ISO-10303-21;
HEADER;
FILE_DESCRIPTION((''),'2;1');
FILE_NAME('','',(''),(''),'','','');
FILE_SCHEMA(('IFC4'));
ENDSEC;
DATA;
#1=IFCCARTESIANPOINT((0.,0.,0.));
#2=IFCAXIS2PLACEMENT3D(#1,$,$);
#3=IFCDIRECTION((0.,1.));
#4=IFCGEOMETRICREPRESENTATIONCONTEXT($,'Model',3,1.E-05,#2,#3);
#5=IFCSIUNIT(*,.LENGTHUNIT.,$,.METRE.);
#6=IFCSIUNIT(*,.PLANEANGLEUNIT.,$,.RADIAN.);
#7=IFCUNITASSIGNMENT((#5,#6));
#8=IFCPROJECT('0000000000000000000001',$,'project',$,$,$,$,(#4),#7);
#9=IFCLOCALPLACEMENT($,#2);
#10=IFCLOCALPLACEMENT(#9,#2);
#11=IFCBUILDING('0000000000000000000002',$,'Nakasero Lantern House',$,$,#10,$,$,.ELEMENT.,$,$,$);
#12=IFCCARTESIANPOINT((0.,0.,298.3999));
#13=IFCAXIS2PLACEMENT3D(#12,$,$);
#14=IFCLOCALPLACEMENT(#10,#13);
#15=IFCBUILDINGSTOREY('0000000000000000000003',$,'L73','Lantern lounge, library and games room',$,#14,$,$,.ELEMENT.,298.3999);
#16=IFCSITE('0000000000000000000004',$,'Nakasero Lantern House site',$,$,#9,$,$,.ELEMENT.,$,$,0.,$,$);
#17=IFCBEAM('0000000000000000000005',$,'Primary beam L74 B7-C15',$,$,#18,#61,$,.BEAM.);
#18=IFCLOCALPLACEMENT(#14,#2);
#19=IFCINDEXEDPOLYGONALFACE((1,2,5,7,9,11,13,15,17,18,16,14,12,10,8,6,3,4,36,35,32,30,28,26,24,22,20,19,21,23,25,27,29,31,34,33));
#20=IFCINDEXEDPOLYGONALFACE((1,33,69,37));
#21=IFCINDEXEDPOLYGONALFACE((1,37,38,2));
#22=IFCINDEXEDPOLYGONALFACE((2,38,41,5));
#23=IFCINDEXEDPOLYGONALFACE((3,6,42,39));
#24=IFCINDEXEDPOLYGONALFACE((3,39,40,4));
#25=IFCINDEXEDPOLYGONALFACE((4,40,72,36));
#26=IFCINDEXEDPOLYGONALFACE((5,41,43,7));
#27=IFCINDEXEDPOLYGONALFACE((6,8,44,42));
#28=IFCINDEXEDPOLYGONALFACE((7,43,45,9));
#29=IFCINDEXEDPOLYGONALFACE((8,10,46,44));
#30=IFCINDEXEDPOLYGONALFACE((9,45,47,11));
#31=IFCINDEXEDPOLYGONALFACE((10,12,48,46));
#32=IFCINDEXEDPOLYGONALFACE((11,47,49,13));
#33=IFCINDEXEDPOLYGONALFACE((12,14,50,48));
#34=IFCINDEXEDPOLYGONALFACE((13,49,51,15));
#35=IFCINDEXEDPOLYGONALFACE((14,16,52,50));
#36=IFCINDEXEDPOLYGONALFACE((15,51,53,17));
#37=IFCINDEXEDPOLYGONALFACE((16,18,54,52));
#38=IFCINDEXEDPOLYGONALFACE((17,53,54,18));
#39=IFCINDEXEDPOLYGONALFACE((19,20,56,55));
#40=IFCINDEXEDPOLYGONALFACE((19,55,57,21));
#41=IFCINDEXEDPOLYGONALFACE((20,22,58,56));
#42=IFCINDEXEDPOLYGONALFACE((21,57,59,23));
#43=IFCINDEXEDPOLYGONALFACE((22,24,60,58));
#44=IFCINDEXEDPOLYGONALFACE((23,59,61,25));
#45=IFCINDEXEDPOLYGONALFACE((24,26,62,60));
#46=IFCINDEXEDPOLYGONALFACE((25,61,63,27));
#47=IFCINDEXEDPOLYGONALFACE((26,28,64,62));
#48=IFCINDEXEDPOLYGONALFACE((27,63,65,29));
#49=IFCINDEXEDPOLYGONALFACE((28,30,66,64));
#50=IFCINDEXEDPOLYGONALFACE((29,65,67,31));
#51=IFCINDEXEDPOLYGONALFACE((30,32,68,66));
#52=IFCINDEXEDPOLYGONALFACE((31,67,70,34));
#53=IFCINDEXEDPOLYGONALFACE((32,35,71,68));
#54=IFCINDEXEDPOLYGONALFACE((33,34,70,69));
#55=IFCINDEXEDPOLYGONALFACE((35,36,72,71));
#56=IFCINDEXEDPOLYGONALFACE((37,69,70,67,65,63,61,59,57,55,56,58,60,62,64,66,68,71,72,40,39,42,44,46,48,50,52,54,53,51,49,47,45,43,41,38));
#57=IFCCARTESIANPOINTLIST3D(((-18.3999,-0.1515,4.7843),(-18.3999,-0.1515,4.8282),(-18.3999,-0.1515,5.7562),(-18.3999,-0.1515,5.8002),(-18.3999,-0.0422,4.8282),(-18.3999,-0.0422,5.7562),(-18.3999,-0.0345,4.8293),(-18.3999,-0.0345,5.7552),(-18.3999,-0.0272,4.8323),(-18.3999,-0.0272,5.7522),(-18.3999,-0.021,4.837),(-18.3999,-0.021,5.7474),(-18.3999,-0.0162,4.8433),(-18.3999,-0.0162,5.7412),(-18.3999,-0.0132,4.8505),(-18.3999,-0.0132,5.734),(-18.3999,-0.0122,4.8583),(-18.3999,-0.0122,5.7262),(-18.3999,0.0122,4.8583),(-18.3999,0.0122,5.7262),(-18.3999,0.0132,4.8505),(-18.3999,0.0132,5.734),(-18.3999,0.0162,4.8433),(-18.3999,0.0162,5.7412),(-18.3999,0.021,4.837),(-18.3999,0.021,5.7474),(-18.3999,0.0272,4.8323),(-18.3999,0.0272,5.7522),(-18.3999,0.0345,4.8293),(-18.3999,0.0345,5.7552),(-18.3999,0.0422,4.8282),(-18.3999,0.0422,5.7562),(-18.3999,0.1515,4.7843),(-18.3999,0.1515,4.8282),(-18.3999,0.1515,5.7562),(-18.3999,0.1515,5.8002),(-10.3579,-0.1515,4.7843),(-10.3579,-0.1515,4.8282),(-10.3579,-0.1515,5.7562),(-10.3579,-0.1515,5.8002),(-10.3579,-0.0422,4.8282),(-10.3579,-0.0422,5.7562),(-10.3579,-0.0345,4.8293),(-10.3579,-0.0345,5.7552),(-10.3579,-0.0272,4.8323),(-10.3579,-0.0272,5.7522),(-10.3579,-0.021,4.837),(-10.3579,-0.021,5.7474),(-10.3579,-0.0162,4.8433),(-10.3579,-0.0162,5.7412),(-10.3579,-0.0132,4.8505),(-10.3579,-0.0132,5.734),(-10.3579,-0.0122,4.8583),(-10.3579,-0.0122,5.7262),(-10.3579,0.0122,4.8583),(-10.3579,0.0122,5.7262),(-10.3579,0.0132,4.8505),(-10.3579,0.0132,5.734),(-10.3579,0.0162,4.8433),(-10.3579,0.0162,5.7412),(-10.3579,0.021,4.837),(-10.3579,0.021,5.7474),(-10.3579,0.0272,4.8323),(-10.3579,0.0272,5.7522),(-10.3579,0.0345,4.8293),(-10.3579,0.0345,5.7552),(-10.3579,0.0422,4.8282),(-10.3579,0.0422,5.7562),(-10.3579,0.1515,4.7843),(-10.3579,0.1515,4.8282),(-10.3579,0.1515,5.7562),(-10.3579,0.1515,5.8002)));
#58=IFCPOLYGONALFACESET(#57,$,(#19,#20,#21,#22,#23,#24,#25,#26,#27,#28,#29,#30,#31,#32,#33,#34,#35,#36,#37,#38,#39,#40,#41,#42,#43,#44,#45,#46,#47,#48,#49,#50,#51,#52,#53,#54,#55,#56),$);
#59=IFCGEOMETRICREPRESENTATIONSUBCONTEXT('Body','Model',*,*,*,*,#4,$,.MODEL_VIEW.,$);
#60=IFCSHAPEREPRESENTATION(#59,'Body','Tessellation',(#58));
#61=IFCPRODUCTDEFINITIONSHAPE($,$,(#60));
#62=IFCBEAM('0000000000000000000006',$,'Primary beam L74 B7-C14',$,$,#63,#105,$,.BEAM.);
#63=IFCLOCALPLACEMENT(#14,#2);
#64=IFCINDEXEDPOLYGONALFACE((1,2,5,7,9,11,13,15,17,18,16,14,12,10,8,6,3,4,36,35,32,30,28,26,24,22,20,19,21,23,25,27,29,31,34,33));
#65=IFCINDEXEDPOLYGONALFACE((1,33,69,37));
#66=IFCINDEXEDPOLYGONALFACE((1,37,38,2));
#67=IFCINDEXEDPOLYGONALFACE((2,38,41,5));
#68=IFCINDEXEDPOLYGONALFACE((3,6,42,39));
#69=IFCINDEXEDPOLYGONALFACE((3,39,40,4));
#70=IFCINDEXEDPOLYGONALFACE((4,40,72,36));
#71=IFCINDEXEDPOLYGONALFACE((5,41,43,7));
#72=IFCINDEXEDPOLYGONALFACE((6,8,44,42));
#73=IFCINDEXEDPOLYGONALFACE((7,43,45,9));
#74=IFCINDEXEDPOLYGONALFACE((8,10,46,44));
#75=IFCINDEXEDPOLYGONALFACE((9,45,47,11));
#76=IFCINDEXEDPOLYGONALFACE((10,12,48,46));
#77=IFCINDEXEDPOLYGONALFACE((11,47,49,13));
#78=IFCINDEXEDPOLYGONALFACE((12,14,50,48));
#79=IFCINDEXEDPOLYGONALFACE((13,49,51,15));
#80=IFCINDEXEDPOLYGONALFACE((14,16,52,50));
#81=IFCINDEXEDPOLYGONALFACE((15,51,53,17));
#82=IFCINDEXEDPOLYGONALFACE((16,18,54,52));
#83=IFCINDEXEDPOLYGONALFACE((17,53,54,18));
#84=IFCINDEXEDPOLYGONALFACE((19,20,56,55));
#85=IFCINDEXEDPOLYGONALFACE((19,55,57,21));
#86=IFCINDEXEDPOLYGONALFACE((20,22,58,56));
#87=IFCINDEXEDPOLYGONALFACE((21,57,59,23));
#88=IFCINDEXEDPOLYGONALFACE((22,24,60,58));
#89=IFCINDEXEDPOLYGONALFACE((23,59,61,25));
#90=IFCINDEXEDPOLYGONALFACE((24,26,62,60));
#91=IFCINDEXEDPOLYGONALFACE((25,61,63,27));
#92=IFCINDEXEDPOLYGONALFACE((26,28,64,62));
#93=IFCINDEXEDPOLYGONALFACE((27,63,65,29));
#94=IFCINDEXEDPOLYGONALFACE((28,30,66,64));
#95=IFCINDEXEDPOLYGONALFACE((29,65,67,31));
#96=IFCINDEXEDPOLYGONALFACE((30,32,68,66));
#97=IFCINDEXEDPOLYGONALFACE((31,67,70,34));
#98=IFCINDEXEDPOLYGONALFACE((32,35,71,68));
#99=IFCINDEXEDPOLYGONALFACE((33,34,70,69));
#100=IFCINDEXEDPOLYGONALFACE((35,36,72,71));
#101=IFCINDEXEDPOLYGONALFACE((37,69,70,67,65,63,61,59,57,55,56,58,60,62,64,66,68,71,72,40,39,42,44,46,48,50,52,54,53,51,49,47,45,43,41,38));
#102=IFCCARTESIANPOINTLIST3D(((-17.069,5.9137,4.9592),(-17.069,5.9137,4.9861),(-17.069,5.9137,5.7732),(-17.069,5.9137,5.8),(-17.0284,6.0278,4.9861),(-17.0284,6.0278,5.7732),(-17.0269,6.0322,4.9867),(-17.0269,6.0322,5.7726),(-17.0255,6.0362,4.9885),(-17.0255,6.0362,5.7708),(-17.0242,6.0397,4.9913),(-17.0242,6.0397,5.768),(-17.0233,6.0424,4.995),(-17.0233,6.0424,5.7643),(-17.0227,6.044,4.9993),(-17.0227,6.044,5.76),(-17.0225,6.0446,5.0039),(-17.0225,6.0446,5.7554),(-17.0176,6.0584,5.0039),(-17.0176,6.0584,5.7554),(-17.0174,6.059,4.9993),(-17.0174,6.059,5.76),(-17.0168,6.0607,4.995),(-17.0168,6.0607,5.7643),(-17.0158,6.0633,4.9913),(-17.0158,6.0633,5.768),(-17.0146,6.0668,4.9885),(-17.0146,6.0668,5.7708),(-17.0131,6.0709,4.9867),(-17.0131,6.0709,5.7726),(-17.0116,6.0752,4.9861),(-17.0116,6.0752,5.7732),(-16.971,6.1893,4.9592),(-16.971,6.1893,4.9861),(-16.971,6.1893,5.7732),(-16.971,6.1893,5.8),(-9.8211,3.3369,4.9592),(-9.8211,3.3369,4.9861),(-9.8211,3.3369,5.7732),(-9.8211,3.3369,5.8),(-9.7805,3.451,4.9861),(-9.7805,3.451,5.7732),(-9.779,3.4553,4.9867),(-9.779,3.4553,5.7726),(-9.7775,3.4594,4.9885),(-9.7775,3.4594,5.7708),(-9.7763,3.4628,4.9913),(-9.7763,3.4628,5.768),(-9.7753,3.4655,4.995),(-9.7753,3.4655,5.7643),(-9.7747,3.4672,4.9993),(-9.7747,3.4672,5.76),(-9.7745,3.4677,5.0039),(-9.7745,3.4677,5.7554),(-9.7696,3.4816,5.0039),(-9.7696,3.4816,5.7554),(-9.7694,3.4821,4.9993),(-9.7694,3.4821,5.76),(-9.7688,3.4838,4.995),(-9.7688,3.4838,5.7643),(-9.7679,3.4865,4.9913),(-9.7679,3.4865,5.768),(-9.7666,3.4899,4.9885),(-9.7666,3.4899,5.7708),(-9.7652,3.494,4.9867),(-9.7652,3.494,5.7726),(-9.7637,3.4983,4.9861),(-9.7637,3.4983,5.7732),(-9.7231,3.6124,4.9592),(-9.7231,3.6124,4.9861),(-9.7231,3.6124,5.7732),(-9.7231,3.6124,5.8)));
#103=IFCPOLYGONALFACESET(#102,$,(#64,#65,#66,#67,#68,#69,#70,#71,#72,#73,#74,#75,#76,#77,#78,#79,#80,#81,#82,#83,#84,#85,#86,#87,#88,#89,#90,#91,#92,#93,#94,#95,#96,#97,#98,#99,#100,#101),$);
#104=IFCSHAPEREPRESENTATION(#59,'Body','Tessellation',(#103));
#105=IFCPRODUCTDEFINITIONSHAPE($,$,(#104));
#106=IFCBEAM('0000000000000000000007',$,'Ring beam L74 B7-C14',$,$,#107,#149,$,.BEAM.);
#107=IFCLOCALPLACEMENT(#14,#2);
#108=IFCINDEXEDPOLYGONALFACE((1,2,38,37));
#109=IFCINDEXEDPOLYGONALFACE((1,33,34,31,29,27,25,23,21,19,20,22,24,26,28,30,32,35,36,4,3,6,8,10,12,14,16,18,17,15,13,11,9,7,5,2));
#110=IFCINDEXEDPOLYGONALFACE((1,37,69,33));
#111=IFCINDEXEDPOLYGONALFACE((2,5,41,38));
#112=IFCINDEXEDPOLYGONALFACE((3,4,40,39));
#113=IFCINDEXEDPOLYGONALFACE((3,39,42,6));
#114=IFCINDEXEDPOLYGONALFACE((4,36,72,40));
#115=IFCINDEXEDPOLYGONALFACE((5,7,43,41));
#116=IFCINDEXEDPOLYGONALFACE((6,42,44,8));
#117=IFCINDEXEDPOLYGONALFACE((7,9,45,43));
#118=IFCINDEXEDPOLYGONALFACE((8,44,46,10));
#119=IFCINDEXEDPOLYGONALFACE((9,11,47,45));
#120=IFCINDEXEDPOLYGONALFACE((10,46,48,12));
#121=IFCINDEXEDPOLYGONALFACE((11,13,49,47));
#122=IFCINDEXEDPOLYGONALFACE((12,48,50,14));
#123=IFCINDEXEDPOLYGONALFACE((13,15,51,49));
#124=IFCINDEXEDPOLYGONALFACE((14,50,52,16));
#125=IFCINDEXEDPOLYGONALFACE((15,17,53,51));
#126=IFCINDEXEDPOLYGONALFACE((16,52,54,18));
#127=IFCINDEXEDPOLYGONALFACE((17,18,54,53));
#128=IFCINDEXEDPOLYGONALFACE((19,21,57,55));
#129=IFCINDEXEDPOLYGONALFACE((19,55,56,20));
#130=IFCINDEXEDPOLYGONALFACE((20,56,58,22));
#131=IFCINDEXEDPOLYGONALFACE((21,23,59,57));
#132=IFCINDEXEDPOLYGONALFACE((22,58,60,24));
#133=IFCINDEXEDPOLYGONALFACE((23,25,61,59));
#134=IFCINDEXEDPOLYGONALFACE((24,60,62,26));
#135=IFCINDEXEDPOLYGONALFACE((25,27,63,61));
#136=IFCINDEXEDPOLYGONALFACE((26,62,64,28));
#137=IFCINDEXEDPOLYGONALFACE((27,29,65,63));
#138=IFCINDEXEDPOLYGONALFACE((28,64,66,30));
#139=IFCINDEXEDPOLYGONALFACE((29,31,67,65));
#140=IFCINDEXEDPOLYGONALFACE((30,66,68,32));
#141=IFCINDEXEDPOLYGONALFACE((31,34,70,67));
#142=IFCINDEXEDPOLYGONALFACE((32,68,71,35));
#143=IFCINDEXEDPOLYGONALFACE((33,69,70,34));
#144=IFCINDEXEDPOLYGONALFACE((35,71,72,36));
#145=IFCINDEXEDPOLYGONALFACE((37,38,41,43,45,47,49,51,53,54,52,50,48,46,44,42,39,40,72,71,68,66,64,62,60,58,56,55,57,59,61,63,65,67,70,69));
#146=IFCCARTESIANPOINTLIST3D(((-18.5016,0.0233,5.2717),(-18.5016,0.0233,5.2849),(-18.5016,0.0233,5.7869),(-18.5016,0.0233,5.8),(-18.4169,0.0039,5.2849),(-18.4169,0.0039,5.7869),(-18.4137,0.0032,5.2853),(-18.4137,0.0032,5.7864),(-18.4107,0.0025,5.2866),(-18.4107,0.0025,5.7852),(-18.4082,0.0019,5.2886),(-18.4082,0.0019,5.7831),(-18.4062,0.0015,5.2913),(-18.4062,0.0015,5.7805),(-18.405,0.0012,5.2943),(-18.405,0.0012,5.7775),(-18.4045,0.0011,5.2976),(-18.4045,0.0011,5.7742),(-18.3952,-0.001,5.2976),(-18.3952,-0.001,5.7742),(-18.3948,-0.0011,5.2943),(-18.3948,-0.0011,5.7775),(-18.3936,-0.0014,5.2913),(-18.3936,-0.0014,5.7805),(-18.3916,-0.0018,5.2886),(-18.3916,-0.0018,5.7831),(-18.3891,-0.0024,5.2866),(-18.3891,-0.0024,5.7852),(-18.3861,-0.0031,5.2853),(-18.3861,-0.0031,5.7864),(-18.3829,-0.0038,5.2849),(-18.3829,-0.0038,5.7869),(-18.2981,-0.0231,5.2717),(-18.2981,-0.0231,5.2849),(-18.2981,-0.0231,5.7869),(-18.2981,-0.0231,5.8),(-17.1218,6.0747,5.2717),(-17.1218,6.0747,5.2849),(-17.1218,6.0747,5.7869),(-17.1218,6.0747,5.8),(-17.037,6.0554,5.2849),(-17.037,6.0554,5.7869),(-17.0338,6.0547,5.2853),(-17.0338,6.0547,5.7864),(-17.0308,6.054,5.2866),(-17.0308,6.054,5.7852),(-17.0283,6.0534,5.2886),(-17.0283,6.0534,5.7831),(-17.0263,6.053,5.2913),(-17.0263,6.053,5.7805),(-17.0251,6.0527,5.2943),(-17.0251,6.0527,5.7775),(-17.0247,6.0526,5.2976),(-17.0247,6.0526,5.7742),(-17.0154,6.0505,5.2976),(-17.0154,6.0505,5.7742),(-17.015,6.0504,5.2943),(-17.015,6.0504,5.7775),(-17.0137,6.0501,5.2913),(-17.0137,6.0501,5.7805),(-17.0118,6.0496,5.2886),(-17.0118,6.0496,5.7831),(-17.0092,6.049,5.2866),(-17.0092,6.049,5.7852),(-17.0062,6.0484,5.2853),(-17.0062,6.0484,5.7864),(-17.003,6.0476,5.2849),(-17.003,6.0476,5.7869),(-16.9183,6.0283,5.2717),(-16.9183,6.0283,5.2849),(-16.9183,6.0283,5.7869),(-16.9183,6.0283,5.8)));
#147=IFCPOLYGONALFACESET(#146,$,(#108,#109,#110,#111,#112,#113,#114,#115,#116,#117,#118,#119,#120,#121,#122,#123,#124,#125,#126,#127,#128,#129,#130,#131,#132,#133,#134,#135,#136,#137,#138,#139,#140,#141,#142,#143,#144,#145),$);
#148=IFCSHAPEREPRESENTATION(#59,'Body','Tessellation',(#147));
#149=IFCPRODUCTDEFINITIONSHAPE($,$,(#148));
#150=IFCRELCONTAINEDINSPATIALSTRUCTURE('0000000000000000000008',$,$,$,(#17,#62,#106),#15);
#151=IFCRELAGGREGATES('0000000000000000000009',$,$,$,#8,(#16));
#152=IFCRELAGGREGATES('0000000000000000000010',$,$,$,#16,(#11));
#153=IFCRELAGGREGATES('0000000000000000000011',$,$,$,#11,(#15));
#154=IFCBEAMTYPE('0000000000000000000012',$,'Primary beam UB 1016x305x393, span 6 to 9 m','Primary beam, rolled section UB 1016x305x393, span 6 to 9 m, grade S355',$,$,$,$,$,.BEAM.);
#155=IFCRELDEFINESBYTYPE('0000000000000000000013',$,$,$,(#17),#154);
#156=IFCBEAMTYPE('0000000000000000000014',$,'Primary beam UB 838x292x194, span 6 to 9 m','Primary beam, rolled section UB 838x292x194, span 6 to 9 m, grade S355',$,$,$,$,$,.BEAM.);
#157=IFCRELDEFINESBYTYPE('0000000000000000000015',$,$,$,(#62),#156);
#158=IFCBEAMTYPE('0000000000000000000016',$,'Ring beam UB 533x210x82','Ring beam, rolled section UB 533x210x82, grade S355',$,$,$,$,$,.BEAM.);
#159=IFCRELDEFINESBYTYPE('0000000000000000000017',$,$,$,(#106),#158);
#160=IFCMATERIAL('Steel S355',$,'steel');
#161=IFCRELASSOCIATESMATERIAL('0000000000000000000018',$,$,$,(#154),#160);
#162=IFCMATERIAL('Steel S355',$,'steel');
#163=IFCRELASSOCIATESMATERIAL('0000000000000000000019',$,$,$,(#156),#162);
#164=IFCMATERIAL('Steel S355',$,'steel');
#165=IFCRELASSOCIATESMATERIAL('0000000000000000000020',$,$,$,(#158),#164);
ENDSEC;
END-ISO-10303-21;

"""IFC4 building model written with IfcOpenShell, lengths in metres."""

from ifc_helpers import new_model, si_unit, direction, frame, origin, origin_2d, place, context, subcontext, project, spatial, i_section, extrude, material, material_profile, profile_set, type_object, element, save


model = new_model("IFC4")

# Units and contexts
model_context = context("Model", 3, precision=1e-05, world=origin(), true_north=direction((0.0, 1.0)))
body_context = subcontext(model_context, "Body", "Model", "MODEL_VIEW")
ifc_project = project(units=[si_unit("LENGTHUNIT", "METRE"), si_unit("PLANEANGLEUNIT", "RADIAN")], contexts=[model_context])

# Site, building, storey
site_placement = place(None, origin())
site = spatial("IfcSite", under=ifc_project, at=site_placement, Name="Nakasero Lantern House site", CompositionType="ELEMENT", RefElevation=0.0)
building_placement = place(site_placement, origin())
building = spatial("IfcBuilding", under=site, at=building_placement, Name="Nakasero Lantern House", CompositionType="ELEMENT")
storey_placement = place(building_placement, frame((0.0, 0.0, 298.3999)))
storey = spatial("IfcBuildingStorey", under=building, at=storey_placement, Name="L73", Description="Lantern lounge, library and games room", CompositionType="ELEMENT", Elevation=298.3999)

# Beams
ifc_material_1 = material(Name="Steel S355", Category="steel")
ifc_material_profile_1 = material_profile(ifc_material_1, i_section(OverallWidth=0.303, OverallDepth=1.0159, WebThickness=0.0244, FlangeThickness=0.0439, FilletRadius=0.03, at=origin_2d()), Name="UB 1016x305x393")
ifc_profile_set_1 = profile_set([ifc_material_profile_1], Name="Steel S355")
beam_type_1 = type_object("IfcBeamType", Name="Primary beam UB 1016x305x393, span 6 to 9 m", Description="Primary beam, rolled section UB 1016x305x393, span 6 to 9 m, grade S355", PredefinedType="BEAM", material=ifc_profile_set_1)
beam_1_placement = place(storey_placement, frame((-18.3999, 0.0, 5.2922), z_axis=(1.0, 0.0, 0.0), x_axis=(0.0, 1.0, 0.0)))
element("IfcBeam", 1, at=beam_1_placement, inside=storey, type_object=beam_type_1, Name="Primary beam L74 B7-C15", PredefinedType="BEAM", context=body_context, shape_type="SweptSolid", body=[
    extrude(i_section(OverallWidth=0.303, OverallDepth=1.0159, WebThickness=0.0244, FlangeThickness=0.0439, FilletRadius=0.03, at=origin_2d()), origin(), (0.0, 0.0, 1.0), 8.042),
])
ifc_material_2 = material(Name="Steel S355", Category="steel")
ifc_material_profile_2 = material_profile(ifc_material_2, i_section(OverallWidth=0.2925, OverallDepth=0.8408, WebThickness=0.0146, FlangeThickness=0.0269, FilletRadius=0.0178, at=origin_2d()), Name="UB 838x292x194")
ifc_profile_set_2 = profile_set([ifc_material_profile_2], Name="Steel S355")
beam_type_2 = type_object("IfcBeamType", Name="Primary beam UB 838x292x194, span 6 to 9 m", Description="Primary beam, rolled section UB 838x292x194, span 6 to 9 m, grade S355", PredefinedType="BEAM", material=ifc_profile_set_2)
beam_2_placement = place(storey_placement, frame((-17.02, 6.0515, 5.3796), z_axis=(0.942222, -0.334989, 0.0), x_axis=(0.334989, 0.942222, 0.0)))
element("IfcBeam", 2, at=beam_2_placement, inside=storey, type_object=beam_type_2, Name="Primary beam L74 B7-C14", PredefinedType="BEAM", context=body_context, shape_type="SweptSolid", body=[
    extrude(i_section(OverallWidth=0.2925, OverallDepth=0.8408, WebThickness=0.0146, FlangeThickness=0.0269, FilletRadius=0.0178, at=origin_2d()), origin(), (0.0, 0.0, 1.0), 7.6924),
])
ifc_material_3 = material(Name="Steel S355", Category="steel")
ifc_material_profile_3 = material_profile(ifc_material_3, i_section(OverallWidth=0.2087, OverallDepth=0.5283, WebThickness=0.0095, FlangeThickness=0.0132, FilletRadius=0.0127, at=origin_2d()), Name="UB 533x210x82")
ifc_profile_set_3 = profile_set([ifc_material_profile_3], Name="Steel S355")
beam_type_3 = type_object("IfcBeamType", Name="Ring beam UB 533x210x82", Description="Ring beam, rolled section UB 533x210x82, grade S355", PredefinedType="BEAM", material=ifc_profile_set_3)
beam_3_placement = place(storey_placement, frame((-17.02, 6.0515, 5.5359), z_axis=(-0.222316, -0.974975, 0.0), x_axis=(0.974975, -0.222316, 0.0)))
element("IfcBeam", 3, at=beam_3_placement, inside=storey, type_object=beam_type_3, Name="Ring beam L74 B7-C14", PredefinedType="BEAM", context=body_context, shape_type="SweptSolid", body=[
    extrude(i_section(OverallWidth=0.2087, OverallDepth=0.5283, WebThickness=0.0095, FlangeThickness=0.0132, FilletRadius=0.0127, at=origin_2d()), origin(), (0.0, 0.0, 1.0), 6.2068),
])

save(model, "model.ifc")
